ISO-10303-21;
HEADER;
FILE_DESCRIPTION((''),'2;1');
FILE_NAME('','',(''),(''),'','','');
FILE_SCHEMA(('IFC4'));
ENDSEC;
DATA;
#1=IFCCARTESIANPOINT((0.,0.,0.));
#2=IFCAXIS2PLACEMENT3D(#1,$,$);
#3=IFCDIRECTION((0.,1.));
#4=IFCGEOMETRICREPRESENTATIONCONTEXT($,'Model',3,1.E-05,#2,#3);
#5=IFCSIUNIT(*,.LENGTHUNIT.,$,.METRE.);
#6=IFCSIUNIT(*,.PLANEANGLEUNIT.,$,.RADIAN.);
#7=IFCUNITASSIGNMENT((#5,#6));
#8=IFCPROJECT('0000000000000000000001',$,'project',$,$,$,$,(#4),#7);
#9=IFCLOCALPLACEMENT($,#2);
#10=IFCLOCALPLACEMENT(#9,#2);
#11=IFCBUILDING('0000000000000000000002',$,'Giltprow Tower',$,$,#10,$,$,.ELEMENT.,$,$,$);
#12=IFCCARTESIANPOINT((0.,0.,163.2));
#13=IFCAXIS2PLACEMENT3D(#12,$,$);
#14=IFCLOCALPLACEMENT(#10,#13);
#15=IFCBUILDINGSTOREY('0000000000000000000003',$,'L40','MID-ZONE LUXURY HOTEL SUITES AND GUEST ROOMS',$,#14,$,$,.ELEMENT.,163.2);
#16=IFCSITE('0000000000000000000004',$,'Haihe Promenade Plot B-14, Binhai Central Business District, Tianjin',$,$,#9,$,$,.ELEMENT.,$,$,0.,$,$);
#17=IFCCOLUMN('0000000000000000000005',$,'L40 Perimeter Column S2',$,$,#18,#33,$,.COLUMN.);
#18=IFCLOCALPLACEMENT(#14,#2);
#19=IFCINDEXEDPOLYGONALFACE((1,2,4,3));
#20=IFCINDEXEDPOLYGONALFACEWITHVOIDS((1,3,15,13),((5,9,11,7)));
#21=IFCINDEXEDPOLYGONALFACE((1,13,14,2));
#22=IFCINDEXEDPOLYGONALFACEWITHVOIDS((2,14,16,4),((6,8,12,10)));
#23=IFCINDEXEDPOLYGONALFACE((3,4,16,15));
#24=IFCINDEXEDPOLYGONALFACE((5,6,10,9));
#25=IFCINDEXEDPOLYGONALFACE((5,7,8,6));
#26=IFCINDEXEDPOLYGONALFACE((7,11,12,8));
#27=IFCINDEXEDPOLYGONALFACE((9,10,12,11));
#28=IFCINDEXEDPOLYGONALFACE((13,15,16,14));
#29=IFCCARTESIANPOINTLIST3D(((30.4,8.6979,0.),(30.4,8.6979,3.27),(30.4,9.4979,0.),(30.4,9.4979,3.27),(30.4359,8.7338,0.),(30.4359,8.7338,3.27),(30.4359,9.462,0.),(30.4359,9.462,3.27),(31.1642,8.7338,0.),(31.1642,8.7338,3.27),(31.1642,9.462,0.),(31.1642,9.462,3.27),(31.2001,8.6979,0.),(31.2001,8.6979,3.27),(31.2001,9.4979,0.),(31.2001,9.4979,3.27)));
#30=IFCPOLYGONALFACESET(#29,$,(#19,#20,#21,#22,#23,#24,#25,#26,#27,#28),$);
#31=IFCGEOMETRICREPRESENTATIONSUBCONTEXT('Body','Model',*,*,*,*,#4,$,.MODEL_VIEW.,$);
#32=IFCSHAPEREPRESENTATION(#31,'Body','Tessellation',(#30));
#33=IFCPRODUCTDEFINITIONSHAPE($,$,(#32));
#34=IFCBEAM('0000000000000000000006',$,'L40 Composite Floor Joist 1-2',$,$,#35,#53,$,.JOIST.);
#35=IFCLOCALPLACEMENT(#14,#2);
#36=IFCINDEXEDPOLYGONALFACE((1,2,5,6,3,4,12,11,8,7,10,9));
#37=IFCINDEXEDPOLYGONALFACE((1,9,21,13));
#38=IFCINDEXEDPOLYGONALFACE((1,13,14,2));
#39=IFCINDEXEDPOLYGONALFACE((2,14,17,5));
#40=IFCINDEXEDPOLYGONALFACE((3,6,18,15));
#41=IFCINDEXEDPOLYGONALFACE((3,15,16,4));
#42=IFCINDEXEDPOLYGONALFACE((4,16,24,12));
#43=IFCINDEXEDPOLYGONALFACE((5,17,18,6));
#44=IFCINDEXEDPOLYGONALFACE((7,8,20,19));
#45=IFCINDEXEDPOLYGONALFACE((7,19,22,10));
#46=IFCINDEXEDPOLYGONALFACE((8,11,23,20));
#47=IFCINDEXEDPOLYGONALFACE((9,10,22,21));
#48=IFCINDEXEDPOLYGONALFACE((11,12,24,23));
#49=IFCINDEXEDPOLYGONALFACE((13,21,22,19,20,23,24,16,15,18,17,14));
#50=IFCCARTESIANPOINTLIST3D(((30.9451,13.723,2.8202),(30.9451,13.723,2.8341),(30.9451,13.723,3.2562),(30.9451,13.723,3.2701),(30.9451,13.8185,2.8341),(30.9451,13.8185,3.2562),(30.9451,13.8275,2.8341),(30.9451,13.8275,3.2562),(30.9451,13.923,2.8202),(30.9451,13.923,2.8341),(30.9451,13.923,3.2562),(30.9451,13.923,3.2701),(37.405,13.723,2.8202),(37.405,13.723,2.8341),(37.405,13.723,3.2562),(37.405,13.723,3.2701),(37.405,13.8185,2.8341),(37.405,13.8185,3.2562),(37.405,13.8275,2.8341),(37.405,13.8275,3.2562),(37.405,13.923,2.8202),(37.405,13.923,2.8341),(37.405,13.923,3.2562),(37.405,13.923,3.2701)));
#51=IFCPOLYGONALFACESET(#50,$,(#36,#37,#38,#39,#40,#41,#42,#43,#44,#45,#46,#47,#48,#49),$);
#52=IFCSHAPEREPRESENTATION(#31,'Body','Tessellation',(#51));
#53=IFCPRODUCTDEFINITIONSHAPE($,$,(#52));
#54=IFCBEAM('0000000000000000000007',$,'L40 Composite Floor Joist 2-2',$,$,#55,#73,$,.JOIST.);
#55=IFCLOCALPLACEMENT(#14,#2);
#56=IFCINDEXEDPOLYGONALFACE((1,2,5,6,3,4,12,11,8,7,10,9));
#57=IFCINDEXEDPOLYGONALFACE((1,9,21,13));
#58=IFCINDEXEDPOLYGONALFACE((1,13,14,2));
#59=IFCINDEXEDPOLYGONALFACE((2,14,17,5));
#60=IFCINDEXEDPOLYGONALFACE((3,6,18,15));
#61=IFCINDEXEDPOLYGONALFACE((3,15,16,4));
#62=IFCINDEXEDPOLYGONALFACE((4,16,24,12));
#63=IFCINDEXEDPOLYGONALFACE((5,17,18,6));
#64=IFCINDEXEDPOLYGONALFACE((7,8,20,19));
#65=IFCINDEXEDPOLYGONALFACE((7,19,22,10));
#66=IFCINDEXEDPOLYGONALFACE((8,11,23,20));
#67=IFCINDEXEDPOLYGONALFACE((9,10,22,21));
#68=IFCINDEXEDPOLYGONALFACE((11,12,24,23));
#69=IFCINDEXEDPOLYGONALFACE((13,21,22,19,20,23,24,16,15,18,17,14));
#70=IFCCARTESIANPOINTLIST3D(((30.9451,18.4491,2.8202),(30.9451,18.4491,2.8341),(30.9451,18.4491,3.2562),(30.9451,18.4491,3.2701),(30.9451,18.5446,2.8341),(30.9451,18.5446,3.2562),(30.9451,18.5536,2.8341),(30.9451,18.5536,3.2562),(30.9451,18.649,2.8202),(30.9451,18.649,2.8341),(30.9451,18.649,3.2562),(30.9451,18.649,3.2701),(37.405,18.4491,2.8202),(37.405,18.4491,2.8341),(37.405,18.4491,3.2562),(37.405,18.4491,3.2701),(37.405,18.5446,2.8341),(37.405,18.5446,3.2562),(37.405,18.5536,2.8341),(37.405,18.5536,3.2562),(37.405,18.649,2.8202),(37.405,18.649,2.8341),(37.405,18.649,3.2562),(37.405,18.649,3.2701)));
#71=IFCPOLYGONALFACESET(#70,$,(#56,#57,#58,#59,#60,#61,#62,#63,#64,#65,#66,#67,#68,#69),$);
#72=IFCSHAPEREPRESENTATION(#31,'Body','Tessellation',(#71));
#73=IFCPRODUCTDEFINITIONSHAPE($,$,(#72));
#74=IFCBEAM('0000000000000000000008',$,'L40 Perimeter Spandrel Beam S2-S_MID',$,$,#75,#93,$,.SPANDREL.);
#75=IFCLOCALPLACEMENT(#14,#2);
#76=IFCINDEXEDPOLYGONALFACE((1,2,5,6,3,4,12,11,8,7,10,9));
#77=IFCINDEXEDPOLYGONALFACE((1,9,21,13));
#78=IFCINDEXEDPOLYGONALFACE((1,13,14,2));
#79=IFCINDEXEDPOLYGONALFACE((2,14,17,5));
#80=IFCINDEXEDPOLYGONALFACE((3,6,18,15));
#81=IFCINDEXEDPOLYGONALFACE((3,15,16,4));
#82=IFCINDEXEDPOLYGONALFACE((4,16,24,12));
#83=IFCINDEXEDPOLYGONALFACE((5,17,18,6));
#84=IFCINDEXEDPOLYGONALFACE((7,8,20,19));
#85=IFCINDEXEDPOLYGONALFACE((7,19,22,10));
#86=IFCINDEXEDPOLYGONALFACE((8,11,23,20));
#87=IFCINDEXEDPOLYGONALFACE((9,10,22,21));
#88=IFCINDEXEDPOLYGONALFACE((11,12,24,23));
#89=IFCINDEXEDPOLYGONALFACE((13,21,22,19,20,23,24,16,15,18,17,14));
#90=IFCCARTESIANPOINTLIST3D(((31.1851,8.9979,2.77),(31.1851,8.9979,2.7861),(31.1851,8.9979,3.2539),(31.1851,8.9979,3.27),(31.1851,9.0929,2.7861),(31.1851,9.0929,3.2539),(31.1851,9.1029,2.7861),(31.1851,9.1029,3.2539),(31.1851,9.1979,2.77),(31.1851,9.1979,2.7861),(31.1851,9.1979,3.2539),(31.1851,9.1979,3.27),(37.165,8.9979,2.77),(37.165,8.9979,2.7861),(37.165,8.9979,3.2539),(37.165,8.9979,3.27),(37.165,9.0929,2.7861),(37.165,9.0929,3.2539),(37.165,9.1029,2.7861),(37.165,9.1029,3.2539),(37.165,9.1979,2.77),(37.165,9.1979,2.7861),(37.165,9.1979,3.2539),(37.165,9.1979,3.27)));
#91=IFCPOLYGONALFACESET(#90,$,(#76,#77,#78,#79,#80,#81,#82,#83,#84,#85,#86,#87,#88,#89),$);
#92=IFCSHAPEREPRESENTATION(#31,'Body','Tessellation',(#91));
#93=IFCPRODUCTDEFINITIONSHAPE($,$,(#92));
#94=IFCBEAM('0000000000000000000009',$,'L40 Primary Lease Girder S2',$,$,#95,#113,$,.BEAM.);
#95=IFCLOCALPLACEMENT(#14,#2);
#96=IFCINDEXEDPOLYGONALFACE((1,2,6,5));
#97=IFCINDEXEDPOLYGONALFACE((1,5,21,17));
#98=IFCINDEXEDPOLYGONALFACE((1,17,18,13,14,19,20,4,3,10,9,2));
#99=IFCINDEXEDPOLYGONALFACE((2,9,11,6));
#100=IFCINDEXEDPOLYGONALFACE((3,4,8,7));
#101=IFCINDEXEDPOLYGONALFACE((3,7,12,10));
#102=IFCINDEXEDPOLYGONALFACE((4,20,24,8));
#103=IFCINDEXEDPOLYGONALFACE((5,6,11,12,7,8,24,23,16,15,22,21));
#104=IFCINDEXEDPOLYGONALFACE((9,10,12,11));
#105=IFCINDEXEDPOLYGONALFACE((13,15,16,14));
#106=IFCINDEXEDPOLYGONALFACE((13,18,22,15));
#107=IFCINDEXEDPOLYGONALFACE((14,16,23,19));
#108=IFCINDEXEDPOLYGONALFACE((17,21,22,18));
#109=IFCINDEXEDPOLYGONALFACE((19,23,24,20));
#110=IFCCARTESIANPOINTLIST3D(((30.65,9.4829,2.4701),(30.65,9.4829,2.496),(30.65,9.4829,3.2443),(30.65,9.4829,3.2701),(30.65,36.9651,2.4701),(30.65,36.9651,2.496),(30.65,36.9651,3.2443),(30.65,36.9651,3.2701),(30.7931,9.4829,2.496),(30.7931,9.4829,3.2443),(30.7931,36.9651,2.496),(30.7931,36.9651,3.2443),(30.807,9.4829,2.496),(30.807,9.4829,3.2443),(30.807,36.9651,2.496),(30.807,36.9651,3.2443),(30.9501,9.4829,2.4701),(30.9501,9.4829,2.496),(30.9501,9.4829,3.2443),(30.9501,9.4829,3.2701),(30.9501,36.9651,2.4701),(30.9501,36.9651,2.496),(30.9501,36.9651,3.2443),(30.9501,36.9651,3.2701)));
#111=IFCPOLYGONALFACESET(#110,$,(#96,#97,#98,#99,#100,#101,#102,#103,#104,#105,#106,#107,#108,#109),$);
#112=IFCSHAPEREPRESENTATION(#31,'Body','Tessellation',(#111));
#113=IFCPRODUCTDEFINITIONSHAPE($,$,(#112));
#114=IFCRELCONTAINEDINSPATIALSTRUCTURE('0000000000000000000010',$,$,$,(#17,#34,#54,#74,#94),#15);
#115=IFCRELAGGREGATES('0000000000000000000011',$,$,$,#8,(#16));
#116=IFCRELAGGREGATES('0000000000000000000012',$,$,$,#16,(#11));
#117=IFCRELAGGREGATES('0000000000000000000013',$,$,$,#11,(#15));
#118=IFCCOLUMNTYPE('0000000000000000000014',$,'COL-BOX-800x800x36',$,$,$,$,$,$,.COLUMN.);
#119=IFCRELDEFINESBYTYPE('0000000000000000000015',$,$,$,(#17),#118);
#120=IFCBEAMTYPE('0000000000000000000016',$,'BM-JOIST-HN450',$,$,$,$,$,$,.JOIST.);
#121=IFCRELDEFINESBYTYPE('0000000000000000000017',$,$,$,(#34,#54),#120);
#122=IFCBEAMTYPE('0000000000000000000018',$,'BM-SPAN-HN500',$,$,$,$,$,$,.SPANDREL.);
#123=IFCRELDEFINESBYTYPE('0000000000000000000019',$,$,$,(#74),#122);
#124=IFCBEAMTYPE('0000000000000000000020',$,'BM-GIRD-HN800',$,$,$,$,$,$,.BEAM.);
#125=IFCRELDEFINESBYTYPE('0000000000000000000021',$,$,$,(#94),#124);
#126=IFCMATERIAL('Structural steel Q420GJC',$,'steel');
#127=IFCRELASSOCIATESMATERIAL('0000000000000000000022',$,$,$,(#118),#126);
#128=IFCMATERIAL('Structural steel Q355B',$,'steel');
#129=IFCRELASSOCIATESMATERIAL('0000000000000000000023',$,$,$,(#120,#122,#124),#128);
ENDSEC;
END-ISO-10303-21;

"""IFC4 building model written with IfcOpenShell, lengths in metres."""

from ifc_helpers import new_model, si_unit, direction, frame, origin, origin_2d, place, context, subcontext, project, spatial, hollow_rectangle, i_section, extrude, source, transform, mapped, material, material_profile, profile_set, type_object, element, save


model = new_model("IFC4")

# Units and contexts
model_context = context("Model", 3, precision=1e-05, world=origin(), true_north=direction((0.0, 1.0)))
body_context = subcontext(model_context, "Body", "Model", "MODEL_VIEW")
ifc_project = project(units=[si_unit("LENGTHUNIT", "METRE"), si_unit("PLANEANGLEUNIT", "RADIAN")], contexts=[model_context])

# Site, building, storey
site_placement = place(None, origin())
site = spatial("IfcSite", under=ifc_project, at=site_placement, Name="Haihe Promenade Plot B-14, Binhai Central Business District, Tianjin", CompositionType="ELEMENT", RefElevation=0.0)
building_placement = place(site_placement, origin())
building = spatial("IfcBuilding", under=site, at=building_placement, Name="Giltprow Tower", CompositionType="ELEMENT")
storey_placement = place(building_placement, frame((0.0, 0.0, 163.2)))
storey = spatial("IfcBuildingStorey", under=building, at=storey_placement, Name="L40", Description="MID-ZONE LUXURY HOTEL SUITES AND GUEST ROOMS", CompositionType="ELEMENT", Elevation=163.2)

# Column
ifc_material_1 = material(Name="Structural steel Q420GJC", Category="steel")
ifc_material_profile_1 = material_profile(ifc_material_1, hollow_rectangle(XDim=0.8, YDim=0.8, WallThickness=0.0359, at=origin_2d()), Name="BOX 800x800x36")
ifc_profile_set_1 = profile_set([ifc_material_profile_1], Name="Structural steel Q420GJC")
column_type = type_object("IfcColumnType", Name="COL-BOX-800x800x36", PredefinedType="COLUMN", material=ifc_profile_set_1)
shared_shape_1 = source(origin(), body_context, "Body", "SweptSolid", [
    extrude(hollow_rectangle(XDim=0.8, YDim=0.8, WallThickness=0.0359, at=origin_2d()), origin(), (0.0, 0.0, 1.0), 3.27),
])
column_placement = place(storey_placement, frame((30.8, 9.0979, 0.0), z_axis=(0.0, 0.0, 1.0), x_axis=(1.0, 0.0, 0.0)))
element("IfcColumn", 1, at=column_placement, inside=storey, type_object=column_type, Name="L40 Perimeter Column S2", PredefinedType="COLUMN", context=body_context, shape_type="MappedRepresentation", body=[
    mapped(shared_shape_1, transform((0.0, 0.0, 0.0), x_axis=(1.0, 0.0, 0.0), y_axis=(0.0, 1.0, 0.0), z_axis=(0.0, 0.0, 1.0), scale=1.0)),
])

# Beams
ifc_material_2 = material(Name="Structural steel Q355B", Category="steel")
ifc_material_profile_2 = material_profile(ifc_material_2, i_section(OverallWidth=0.2, OverallDepth=0.45, WebThickness=0.009, FlangeThickness=0.0139, at=origin_2d()), Name="HN 450x200x9x14")
ifc_profile_set_2 = profile_set([ifc_material_profile_2], Name="Structural steel Q355B")
beam_type_1 = type_object("IfcBeamType", Name="BM-JOIST-HN450", PredefinedType="JOIST", material=ifc_profile_set_2)
shared_shape_2 = source(origin(), body_context, "Body", "SweptSolid", [
    extrude(i_section(OverallWidth=0.2, OverallDepth=0.45, WebThickness=0.009, FlangeThickness=0.0139, at=origin_2d()), origin(), (0.0, 0.0, 1.0), 6.46),
])
for number, where, z_axis, x_axis, name in (
    (2, (30.9451, 13.823, 3.0452), (1.0, 0.0, 0.0), (0.0, 1.0, 0.0), "L40 Composite Floor Joist 1-2"),
    (3, (30.9451, 18.5491, 3.0452), (1.0, 0.0, 0.0), (0.0, 1.0, 0.0), "L40 Composite Floor Joist 2-2"),
):
    element("IfcBeam", number, at=place(storey_placement, frame(where, z_axis=z_axis, x_axis=x_axis)), inside=storey, type_object=beam_type_1, Name=name, PredefinedType="JOIST", context=body_context, shape_type="MappedRepresentation", body=[
        mapped(shared_shape_2, transform((0.0, 0.0, 0.0), x_axis=(1.0, 0.0, 0.0), y_axis=(0.0, 1.0, 0.0), z_axis=(0.0, 0.0, 1.0), scale=1.0)),
    ])
ifc_material_profile_3 = material_profile(ifc_material_2, i_section(OverallWidth=0.2, OverallDepth=0.5, WebThickness=0.01, FlangeThickness=0.0161, at=origin_2d()), Name="HN 500x200x10x16")
ifc_profile_set_3 = profile_set([ifc_material_profile_3], Name="Structural steel Q355B")
beam_type_2 = type_object("IfcBeamType", Name="BM-SPAN-HN500", PredefinedType="SPANDREL", material=ifc_profile_set_3)
shared_shape_3 = source(origin(), body_context, "Body", "SweptSolid", [
    extrude(i_section(OverallWidth=0.2, OverallDepth=0.5, WebThickness=0.01, FlangeThickness=0.0161, at=origin_2d()), origin(), (0.0, 0.0, 1.0), 5.98),
])
beam_1_placement = place(storey_placement, frame((31.1851, 9.0979, 3.02), z_axis=(1.0, 0.0, 0.0), x_axis=(0.0, 1.0, 0.0)))
element("IfcBeam", 4, at=beam_1_placement, inside=storey, type_object=beam_type_2, Name="L40 Perimeter Spandrel Beam S2-S_MID", PredefinedType="SPANDREL", context=body_context, shape_type="MappedRepresentation", body=[
    mapped(shared_shape_3, transform((0.0, 0.0, 0.0), x_axis=(1.0, 0.0, 0.0), y_axis=(0.0, 1.0, 0.0), z_axis=(0.0, 0.0, 1.0), scale=1.0)),
])
ifc_material_profile_4 = material_profile(ifc_material_2, i_section(OverallWidth=0.3, OverallDepth=0.8, WebThickness=0.0139, FlangeThickness=0.0259, at=origin_2d()), Name="HN 800x300x14x26")
ifc_profile_set_4 = profile_set([ifc_material_profile_4], Name="Structural steel Q355B")
beam_type_3 = type_object("IfcBeamType", Name="BM-GIRD-HN800", PredefinedType="BEAM", material=ifc_profile_set_4)
shared_shape_4 = source(origin(), body_context, "Body", "SweptSolid", [
    extrude(i_section(OverallWidth=0.3, OverallDepth=0.8, WebThickness=0.0139, FlangeThickness=0.0259, at=origin_2d()), origin(), (0.0, 0.0, 1.0), 27.4822),
])
beam_2_placement = place(storey_placement, frame((30.8, 9.4829, 2.8701), z_axis=(0.0, 1.0, 0.0), x_axis=(-1.0, 0.0, 0.0)))
element("IfcBeam", 5, at=beam_2_placement, inside=storey, type_object=beam_type_3, Name="L40 Primary Lease Girder S2", PredefinedType="BEAM", context=body_context, shape_type="MappedRepresentation", body=[
    mapped(shared_shape_4, transform((0.0, 0.0, 0.0), x_axis=(1.0, 0.0, 0.0), y_axis=(0.0, 1.0, 0.0), z_axis=(0.0, 0.0, 1.0), scale=1.0)),
])

save(model, "model.ifc")
